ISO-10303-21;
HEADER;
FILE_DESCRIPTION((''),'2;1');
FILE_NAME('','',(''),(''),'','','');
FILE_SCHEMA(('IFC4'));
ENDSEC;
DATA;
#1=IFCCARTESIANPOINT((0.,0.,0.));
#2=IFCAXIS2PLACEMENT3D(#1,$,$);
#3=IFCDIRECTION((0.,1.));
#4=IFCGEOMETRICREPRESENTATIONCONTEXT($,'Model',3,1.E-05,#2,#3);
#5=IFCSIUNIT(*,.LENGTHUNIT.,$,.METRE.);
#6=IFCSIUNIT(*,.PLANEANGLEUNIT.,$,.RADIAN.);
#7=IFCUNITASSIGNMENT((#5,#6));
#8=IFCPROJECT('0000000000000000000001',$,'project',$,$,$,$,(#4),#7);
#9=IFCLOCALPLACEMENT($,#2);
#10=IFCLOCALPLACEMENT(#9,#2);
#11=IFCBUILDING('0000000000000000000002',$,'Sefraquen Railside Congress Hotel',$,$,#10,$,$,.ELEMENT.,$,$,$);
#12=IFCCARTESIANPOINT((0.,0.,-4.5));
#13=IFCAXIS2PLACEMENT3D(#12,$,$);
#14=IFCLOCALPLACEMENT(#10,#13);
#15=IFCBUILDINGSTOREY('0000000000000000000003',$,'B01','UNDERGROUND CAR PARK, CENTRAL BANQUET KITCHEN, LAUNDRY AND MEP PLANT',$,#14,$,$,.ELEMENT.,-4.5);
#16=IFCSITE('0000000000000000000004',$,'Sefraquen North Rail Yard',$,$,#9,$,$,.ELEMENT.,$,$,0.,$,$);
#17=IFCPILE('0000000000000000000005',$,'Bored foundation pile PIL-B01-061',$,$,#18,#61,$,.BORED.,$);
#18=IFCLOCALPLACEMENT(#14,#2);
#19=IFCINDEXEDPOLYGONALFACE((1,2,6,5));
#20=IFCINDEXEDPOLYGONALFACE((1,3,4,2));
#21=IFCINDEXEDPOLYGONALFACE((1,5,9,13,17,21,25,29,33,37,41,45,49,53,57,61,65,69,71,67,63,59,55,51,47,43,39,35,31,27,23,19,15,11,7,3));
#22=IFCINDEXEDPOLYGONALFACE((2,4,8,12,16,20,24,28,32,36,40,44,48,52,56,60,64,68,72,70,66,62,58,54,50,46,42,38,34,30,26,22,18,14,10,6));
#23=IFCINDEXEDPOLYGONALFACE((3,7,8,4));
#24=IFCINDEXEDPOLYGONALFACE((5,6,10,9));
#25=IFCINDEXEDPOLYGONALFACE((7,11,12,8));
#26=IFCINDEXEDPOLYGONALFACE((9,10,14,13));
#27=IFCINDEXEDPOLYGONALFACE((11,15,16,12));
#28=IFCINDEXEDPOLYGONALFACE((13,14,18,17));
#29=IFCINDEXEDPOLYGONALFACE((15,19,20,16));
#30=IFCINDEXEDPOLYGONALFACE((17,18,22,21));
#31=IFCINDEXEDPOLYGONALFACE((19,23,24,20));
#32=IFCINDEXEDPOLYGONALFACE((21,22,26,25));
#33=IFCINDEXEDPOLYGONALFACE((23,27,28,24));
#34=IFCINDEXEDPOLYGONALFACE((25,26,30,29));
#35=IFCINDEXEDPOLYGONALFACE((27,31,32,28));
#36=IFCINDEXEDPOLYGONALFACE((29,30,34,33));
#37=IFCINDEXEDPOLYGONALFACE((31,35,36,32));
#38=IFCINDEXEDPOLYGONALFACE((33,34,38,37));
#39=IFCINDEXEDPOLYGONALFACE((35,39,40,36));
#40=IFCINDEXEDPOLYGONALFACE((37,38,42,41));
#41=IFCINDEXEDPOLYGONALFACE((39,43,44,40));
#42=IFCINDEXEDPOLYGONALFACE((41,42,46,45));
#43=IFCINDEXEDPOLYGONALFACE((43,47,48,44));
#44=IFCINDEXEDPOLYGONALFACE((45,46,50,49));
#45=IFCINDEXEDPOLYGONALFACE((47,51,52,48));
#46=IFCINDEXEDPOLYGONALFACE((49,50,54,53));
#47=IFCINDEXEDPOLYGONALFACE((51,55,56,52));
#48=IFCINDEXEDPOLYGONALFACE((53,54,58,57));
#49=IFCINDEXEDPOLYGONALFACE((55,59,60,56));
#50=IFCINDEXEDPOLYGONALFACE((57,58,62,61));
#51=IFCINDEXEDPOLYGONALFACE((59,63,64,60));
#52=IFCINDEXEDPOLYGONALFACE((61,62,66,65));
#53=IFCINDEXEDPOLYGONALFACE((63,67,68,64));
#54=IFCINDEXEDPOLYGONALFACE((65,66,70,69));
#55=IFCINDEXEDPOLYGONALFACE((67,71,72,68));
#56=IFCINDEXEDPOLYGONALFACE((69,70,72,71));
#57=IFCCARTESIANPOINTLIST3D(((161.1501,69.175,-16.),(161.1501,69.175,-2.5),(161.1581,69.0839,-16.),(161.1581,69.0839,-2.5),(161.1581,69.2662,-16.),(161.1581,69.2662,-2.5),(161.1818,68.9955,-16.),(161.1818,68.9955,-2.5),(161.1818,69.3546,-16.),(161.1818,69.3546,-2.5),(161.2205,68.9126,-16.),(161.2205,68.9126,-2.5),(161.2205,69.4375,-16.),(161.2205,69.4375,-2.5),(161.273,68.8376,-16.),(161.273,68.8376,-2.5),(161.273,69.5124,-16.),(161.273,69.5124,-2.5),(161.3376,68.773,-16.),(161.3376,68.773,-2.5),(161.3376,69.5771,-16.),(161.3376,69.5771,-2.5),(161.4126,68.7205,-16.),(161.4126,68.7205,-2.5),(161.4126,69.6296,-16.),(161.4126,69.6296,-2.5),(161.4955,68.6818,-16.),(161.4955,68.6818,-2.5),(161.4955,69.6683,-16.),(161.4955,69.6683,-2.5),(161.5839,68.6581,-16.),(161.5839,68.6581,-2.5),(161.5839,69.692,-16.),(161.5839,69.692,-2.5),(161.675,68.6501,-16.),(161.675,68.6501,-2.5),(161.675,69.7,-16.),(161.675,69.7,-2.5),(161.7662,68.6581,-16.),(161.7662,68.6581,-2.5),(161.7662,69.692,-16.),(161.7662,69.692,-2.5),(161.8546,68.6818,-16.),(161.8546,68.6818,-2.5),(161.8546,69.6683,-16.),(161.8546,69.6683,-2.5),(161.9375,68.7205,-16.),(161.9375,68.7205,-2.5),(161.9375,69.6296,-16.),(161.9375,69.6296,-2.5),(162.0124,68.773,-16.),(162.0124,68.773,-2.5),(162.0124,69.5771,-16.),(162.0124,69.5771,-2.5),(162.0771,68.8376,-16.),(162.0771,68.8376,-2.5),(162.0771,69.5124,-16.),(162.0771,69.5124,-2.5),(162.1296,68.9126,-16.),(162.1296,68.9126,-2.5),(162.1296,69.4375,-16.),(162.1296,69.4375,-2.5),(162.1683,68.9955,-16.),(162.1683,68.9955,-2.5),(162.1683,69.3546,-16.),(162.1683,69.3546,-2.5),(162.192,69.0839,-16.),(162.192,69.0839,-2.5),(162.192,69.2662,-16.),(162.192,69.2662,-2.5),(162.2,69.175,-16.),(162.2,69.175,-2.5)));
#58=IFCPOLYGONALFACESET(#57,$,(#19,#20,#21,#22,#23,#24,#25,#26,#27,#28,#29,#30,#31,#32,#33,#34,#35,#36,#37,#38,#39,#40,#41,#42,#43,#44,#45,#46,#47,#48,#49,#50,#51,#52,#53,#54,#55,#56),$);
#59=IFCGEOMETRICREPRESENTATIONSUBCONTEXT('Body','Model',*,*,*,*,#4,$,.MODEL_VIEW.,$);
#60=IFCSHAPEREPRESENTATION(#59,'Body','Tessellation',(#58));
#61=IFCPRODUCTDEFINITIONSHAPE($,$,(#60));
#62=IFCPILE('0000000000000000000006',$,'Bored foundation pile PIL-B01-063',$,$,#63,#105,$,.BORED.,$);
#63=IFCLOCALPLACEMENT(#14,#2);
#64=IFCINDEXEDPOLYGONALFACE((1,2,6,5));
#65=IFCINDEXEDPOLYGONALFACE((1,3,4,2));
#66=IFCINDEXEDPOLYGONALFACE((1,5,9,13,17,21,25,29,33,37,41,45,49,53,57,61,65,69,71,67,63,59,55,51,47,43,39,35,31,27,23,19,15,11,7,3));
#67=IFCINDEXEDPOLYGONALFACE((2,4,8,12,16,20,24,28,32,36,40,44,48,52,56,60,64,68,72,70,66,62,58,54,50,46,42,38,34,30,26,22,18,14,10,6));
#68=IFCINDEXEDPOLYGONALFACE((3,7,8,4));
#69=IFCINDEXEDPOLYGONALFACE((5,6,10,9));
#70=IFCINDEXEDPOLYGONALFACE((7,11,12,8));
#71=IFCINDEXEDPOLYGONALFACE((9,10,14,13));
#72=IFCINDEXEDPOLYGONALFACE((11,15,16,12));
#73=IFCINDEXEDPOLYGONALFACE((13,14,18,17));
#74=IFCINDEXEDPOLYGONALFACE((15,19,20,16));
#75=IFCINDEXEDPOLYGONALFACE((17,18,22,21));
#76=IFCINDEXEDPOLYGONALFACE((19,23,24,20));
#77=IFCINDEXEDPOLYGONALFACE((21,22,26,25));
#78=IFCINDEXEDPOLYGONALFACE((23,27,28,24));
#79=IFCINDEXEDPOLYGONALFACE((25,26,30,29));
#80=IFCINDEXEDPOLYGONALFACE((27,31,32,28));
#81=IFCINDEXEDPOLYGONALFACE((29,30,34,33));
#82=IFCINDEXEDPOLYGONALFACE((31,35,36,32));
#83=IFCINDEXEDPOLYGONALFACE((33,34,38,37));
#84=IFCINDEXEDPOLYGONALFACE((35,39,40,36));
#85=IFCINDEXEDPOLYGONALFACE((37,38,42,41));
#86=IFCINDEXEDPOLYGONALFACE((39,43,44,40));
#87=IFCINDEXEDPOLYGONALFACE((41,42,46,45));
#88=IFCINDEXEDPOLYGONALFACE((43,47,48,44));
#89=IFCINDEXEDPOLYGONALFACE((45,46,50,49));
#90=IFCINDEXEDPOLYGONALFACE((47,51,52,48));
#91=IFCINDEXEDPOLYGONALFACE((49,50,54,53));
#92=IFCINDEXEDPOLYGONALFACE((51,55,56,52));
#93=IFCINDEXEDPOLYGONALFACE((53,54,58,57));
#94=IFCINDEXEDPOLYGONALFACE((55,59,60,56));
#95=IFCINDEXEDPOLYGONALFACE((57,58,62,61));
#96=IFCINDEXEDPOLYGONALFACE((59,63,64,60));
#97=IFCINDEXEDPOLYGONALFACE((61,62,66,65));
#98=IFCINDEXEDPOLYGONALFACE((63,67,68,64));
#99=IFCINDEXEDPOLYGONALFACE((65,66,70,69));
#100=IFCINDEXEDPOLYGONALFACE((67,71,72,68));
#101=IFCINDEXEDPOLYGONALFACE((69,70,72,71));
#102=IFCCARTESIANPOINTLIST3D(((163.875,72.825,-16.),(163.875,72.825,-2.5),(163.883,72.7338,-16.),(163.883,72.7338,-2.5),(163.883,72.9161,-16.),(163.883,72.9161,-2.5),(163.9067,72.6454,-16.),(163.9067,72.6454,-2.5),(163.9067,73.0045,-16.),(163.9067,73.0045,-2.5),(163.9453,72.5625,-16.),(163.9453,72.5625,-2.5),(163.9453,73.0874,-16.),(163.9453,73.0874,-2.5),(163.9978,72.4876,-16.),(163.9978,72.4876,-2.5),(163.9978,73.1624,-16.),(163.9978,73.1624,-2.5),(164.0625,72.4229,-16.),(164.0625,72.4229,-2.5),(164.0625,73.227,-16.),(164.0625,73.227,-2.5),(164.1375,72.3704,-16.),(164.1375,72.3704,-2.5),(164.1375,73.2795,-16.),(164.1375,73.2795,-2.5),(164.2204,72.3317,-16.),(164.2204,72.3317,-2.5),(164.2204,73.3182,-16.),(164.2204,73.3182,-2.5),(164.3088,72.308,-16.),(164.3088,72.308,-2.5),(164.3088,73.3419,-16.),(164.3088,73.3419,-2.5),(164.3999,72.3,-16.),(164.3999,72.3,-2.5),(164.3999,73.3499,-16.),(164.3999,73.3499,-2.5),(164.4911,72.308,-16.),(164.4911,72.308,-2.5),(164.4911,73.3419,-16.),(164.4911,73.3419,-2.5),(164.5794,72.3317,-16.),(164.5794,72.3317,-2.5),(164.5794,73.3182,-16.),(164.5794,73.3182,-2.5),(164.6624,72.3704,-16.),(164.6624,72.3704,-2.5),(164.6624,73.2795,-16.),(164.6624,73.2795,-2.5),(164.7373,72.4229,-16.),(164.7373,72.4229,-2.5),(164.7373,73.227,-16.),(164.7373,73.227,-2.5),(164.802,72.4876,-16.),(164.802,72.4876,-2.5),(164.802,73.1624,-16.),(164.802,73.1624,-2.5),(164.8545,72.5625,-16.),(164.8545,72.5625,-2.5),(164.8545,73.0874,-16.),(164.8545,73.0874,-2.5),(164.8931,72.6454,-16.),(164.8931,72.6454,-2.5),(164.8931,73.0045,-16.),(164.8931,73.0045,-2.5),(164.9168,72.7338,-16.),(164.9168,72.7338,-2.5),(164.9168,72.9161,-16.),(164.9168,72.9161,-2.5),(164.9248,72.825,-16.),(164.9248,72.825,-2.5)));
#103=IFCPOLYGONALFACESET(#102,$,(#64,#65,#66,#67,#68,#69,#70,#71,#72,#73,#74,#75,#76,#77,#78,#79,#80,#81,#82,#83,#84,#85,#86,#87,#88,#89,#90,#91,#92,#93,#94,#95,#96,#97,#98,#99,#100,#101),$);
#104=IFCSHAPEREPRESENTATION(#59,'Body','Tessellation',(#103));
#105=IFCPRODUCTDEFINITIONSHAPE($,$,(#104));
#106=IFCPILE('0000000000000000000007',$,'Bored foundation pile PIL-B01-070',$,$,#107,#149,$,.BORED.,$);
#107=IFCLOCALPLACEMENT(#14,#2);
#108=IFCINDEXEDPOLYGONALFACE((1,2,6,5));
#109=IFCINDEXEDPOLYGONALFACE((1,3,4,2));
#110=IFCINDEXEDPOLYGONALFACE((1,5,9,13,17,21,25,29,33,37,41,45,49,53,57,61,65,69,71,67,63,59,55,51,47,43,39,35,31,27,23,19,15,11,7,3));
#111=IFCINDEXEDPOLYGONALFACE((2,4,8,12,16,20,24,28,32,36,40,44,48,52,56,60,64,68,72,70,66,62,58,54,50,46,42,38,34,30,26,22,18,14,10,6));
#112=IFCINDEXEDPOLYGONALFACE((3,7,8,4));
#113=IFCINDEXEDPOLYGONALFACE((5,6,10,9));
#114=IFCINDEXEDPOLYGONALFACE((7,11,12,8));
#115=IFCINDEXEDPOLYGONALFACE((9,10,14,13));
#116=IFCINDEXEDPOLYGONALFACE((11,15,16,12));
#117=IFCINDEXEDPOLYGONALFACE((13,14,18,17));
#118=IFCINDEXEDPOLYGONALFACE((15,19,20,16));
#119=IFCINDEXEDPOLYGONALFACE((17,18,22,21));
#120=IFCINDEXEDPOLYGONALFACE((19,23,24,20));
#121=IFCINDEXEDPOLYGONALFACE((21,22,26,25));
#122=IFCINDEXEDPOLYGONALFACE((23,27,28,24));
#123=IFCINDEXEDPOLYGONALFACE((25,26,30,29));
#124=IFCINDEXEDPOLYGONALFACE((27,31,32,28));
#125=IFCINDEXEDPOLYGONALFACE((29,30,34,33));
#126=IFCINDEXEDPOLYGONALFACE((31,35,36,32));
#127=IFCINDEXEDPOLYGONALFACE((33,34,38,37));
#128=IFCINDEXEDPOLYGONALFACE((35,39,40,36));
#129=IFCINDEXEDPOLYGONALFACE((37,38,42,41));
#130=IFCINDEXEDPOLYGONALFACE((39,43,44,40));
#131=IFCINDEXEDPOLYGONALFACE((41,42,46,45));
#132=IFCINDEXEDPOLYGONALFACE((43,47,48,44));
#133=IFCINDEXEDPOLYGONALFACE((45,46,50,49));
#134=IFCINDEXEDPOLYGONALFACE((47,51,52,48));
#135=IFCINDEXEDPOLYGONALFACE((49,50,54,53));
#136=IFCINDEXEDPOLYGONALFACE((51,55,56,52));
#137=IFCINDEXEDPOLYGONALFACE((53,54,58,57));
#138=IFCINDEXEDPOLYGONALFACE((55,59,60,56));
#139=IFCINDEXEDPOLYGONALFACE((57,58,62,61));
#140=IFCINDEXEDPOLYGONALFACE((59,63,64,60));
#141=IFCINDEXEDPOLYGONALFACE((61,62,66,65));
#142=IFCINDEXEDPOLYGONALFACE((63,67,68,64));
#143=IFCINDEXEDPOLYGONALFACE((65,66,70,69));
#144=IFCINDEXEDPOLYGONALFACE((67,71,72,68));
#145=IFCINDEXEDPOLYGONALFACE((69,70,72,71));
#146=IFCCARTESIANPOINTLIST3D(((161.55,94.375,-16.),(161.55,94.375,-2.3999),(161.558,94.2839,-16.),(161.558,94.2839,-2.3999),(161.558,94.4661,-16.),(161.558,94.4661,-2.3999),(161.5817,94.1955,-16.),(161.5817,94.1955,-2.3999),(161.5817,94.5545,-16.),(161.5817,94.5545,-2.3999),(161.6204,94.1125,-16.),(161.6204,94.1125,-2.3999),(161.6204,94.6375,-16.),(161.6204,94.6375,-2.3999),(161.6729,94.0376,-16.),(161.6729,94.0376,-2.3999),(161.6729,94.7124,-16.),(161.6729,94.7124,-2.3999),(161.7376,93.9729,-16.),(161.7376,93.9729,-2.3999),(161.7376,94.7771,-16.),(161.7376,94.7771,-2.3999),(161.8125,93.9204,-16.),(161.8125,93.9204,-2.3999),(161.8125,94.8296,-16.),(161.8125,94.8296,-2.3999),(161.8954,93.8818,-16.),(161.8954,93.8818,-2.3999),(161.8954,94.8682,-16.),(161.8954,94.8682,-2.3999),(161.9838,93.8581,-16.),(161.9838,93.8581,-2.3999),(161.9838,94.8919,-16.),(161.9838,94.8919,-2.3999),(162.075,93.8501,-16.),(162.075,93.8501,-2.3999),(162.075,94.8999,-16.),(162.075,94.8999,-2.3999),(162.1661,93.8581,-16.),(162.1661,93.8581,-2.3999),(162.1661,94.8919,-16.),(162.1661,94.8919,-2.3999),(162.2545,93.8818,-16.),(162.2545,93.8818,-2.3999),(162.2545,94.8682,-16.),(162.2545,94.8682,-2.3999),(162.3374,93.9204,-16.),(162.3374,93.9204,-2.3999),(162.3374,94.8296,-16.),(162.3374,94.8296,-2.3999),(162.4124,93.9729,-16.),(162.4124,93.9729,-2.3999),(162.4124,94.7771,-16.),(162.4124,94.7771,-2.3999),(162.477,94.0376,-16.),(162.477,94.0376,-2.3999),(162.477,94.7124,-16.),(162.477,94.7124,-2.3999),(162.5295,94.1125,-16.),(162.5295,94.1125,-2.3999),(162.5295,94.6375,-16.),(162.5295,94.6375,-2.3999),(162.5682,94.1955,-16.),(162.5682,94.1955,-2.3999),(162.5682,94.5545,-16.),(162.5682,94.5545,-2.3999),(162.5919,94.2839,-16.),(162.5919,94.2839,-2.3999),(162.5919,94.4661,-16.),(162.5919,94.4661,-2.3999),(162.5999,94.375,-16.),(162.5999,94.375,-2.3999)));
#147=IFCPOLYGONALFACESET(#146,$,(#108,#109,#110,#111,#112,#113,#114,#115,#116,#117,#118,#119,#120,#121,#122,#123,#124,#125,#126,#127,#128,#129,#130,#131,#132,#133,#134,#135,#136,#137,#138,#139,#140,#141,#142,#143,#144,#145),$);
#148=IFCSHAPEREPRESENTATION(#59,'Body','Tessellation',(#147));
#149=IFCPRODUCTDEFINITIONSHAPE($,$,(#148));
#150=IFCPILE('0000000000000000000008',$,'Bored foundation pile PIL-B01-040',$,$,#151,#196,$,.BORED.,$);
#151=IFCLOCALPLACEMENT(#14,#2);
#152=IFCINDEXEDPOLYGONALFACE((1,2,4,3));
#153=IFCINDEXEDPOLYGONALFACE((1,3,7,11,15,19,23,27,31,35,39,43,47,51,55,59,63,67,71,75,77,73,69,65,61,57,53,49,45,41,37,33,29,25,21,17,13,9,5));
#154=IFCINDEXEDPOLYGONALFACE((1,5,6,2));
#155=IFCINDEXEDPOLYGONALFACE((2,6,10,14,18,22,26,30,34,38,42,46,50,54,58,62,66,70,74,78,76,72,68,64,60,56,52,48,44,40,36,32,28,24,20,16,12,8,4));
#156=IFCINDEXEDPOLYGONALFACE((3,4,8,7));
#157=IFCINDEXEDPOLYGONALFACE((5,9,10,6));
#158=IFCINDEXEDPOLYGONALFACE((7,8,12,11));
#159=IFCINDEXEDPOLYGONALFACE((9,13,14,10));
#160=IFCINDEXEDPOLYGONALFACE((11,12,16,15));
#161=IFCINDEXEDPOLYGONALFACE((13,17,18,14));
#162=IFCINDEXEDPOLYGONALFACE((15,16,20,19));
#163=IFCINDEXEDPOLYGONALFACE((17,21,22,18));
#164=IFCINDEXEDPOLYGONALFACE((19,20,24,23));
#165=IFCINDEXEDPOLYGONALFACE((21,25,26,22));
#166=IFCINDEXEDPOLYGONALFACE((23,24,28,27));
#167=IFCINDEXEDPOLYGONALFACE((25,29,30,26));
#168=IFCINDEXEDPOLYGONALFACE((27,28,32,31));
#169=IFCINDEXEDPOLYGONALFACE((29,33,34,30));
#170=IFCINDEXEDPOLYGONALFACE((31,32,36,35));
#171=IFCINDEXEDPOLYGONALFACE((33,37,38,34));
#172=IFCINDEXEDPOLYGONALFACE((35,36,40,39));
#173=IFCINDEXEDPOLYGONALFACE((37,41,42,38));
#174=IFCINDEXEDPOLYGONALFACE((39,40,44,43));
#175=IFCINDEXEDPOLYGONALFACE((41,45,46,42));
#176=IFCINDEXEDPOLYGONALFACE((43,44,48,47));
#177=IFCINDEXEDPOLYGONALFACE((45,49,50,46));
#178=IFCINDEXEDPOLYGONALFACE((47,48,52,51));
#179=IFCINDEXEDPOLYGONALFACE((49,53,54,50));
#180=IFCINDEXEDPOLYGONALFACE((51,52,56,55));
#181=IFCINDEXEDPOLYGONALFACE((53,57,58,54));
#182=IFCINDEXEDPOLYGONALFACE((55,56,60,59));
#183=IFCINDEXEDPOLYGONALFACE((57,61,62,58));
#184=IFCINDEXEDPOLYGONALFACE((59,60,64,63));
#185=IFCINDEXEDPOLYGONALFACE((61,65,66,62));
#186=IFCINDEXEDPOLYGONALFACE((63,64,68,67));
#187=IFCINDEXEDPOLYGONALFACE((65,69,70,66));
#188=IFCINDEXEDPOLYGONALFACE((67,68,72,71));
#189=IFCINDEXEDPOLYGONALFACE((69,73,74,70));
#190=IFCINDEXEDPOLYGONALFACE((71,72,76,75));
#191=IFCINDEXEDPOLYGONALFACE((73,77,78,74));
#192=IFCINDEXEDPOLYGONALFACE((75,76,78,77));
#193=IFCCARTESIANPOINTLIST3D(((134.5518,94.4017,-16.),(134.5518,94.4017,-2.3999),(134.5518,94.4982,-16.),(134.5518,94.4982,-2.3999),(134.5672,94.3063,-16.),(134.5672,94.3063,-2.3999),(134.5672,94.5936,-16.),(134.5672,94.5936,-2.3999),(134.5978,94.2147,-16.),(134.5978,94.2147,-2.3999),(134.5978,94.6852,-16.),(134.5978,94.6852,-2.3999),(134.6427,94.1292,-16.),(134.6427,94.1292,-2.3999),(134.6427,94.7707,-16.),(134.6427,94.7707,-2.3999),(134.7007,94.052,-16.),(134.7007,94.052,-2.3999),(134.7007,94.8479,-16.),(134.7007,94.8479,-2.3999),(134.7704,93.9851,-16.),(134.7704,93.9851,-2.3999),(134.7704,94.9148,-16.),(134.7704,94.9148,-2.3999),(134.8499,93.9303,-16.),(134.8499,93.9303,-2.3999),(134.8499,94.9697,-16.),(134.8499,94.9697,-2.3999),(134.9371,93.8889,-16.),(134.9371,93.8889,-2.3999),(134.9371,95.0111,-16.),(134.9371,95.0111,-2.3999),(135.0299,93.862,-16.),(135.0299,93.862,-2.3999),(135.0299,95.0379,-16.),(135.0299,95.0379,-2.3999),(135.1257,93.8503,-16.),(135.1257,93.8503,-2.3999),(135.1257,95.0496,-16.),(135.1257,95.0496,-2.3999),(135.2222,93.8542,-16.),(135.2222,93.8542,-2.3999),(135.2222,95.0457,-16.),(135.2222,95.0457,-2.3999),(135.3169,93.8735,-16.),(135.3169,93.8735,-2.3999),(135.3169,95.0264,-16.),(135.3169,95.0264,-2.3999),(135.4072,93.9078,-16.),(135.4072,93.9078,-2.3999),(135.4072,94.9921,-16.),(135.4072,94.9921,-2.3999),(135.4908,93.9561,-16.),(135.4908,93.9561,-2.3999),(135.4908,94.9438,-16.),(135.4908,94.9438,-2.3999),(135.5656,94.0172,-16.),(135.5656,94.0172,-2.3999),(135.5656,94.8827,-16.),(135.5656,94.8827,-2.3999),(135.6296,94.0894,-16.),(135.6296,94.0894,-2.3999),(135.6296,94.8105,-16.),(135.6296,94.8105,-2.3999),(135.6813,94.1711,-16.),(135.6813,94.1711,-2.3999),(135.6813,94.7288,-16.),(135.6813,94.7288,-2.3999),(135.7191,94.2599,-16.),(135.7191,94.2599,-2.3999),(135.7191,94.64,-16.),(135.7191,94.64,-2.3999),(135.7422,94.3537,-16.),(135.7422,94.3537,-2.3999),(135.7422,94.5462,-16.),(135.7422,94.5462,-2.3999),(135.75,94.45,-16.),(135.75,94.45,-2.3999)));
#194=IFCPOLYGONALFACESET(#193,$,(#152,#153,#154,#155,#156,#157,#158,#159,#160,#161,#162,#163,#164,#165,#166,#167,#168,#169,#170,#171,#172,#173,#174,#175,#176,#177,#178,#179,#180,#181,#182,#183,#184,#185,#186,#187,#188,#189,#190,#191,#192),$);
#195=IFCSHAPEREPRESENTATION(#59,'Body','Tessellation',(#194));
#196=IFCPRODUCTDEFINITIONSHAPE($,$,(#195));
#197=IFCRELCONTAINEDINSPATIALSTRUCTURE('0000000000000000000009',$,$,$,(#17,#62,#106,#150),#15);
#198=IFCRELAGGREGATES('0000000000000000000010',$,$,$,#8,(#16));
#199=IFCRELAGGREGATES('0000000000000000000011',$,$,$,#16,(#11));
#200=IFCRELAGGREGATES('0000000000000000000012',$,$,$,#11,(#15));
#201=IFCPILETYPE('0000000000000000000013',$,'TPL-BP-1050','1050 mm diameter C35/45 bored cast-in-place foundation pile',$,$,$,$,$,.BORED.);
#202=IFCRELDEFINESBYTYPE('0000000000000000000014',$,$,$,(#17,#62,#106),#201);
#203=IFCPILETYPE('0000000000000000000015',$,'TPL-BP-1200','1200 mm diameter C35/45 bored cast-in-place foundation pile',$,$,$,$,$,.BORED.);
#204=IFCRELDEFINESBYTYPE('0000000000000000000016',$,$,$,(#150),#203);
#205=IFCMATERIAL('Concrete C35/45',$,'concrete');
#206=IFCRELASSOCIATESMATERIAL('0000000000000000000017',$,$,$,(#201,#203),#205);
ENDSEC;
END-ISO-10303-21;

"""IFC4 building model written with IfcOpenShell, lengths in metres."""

from ifc_helpers import new_model, si_unit, direction, frame, origin, origin_2d, place, context, subcontext, project, spatial, circle, extrude, material, material_profile, profile_set, type_object, element, save


model = new_model("IFC4")

# Units and contexts
model_context = context("Model", 3, precision=1e-05, world=origin(), true_north=direction((0.0, 1.0)))
body_context = subcontext(model_context, "Body", "Model", "MODEL_VIEW")
ifc_project = project(units=[si_unit("LENGTHUNIT", "METRE"), si_unit("PLANEANGLEUNIT", "RADIAN")], contexts=[model_context])

# Site, building, storey
site_placement = place(None, origin())
site = spatial("IfcSite", under=ifc_project, at=site_placement, Name="Sefraquen North Rail Yard", CompositionType="ELEMENT", RefElevation=0.0)
building_placement = place(site_placement, origin())
building = spatial("IfcBuilding", under=site, at=building_placement, Name="Sefraquen Railside Congress Hotel", CompositionType="ELEMENT")
storey_placement = place(building_placement, frame((0.0, 0.0, -4.5)))
storey = spatial("IfcBuildingStorey", under=building, at=storey_placement, Name="B01", Description="UNDERGROUND CAR PARK, CENTRAL BANQUET KITCHEN, LAUNDRY AND MEP PLANT", CompositionType="ELEMENT", Elevation=-4.5)

# Piles
ifc_material_1 = material(Name="Concrete C35/45", Category="concrete")
ifc_material_profile_1 = material_profile(ifc_material_1, circle(Radius=0.5249, at=origin_2d()), Name="BORED PILE 1050")
ifc_profile_set_1 = profile_set([ifc_material_profile_1], Name="Concrete C35/45")
pile_type_1 = type_object("IfcPileType", Name="TPL-BP-1050", Description="1050 mm diameter C35/45 bored cast-in-place foundation pile", PredefinedType="BORED", material=ifc_profile_set_1)
for number, where, z_axis, x_axis, name in (
    (1, (161.675, 69.175, -2.5), (0.0, 0.0, -1.0), (1.0, 0.0, 0.0), "Bored foundation pile PIL-B01-061"),
    (2, (164.3999, 72.825, -2.5), (0.0, 0.0, -1.0), (1.0, 0.0, 0.0), "Bored foundation pile PIL-B01-063"),
):
    element("IfcPile", number, at=place(storey_placement, frame(where, z_axis=z_axis, x_axis=x_axis)), inside=storey, type_object=pile_type_1, Name=name, PredefinedType="BORED", context=body_context, shape_type="SweptSolid", body=[
        extrude(circle(Radius=0.5249, at=origin_2d()), origin(), (0.0, 0.0, 1.0), 13.5),
    ])
pile_1_placement = place(storey_placement, frame((162.075, 94.375, -2.3999), z_axis=(0.0, 0.0, -1.0), x_axis=(1.0, 0.0, 0.0)))
element("IfcPile", 3, at=pile_1_placement, inside=storey, type_object=pile_type_1, Name="Bored foundation pile PIL-B01-070", PredefinedType="BORED", context=body_context, shape_type="SweptSolid", body=[
    extrude(circle(Radius=0.5249, at=origin_2d()), origin(), (0.0, 0.0, 1.0), 13.6001),
])
ifc_material_profile_2 = material_profile(ifc_material_1, circle(Radius=0.6001, at=origin_2d()), Name="BORED PILE 1200")
ifc_profile_set_2 = profile_set([ifc_material_profile_2], Name="Concrete C35/45")
pile_type_2 = type_object("IfcPileType", Name="TPL-BP-1200", Description="1200 mm diameter C35/45 bored cast-in-place foundation pile", PredefinedType="BORED", material=ifc_profile_set_2)
for number, where, z_axis, x_axis, name in (
    (4, (135.1499, 94.45, -2.3999), (0.0, 0.0, -1.0), (1.0, 0.0, 0.0), "Bored foundation pile PIL-B01-040"),
):
    element("IfcPile", number, at=place(storey_placement, frame(where, z_axis=z_axis, x_axis=x_axis)), inside=storey, type_object=pile_type_2, Name=name, PredefinedType="BORED", context=body_context, shape_type="SweptSolid", body=[
        extrude(circle(Radius=0.6001, at=origin_2d()), origin(), (0.0, 0.0, 1.0), 13.6001),
    ])

save(model, "model.ifc")
